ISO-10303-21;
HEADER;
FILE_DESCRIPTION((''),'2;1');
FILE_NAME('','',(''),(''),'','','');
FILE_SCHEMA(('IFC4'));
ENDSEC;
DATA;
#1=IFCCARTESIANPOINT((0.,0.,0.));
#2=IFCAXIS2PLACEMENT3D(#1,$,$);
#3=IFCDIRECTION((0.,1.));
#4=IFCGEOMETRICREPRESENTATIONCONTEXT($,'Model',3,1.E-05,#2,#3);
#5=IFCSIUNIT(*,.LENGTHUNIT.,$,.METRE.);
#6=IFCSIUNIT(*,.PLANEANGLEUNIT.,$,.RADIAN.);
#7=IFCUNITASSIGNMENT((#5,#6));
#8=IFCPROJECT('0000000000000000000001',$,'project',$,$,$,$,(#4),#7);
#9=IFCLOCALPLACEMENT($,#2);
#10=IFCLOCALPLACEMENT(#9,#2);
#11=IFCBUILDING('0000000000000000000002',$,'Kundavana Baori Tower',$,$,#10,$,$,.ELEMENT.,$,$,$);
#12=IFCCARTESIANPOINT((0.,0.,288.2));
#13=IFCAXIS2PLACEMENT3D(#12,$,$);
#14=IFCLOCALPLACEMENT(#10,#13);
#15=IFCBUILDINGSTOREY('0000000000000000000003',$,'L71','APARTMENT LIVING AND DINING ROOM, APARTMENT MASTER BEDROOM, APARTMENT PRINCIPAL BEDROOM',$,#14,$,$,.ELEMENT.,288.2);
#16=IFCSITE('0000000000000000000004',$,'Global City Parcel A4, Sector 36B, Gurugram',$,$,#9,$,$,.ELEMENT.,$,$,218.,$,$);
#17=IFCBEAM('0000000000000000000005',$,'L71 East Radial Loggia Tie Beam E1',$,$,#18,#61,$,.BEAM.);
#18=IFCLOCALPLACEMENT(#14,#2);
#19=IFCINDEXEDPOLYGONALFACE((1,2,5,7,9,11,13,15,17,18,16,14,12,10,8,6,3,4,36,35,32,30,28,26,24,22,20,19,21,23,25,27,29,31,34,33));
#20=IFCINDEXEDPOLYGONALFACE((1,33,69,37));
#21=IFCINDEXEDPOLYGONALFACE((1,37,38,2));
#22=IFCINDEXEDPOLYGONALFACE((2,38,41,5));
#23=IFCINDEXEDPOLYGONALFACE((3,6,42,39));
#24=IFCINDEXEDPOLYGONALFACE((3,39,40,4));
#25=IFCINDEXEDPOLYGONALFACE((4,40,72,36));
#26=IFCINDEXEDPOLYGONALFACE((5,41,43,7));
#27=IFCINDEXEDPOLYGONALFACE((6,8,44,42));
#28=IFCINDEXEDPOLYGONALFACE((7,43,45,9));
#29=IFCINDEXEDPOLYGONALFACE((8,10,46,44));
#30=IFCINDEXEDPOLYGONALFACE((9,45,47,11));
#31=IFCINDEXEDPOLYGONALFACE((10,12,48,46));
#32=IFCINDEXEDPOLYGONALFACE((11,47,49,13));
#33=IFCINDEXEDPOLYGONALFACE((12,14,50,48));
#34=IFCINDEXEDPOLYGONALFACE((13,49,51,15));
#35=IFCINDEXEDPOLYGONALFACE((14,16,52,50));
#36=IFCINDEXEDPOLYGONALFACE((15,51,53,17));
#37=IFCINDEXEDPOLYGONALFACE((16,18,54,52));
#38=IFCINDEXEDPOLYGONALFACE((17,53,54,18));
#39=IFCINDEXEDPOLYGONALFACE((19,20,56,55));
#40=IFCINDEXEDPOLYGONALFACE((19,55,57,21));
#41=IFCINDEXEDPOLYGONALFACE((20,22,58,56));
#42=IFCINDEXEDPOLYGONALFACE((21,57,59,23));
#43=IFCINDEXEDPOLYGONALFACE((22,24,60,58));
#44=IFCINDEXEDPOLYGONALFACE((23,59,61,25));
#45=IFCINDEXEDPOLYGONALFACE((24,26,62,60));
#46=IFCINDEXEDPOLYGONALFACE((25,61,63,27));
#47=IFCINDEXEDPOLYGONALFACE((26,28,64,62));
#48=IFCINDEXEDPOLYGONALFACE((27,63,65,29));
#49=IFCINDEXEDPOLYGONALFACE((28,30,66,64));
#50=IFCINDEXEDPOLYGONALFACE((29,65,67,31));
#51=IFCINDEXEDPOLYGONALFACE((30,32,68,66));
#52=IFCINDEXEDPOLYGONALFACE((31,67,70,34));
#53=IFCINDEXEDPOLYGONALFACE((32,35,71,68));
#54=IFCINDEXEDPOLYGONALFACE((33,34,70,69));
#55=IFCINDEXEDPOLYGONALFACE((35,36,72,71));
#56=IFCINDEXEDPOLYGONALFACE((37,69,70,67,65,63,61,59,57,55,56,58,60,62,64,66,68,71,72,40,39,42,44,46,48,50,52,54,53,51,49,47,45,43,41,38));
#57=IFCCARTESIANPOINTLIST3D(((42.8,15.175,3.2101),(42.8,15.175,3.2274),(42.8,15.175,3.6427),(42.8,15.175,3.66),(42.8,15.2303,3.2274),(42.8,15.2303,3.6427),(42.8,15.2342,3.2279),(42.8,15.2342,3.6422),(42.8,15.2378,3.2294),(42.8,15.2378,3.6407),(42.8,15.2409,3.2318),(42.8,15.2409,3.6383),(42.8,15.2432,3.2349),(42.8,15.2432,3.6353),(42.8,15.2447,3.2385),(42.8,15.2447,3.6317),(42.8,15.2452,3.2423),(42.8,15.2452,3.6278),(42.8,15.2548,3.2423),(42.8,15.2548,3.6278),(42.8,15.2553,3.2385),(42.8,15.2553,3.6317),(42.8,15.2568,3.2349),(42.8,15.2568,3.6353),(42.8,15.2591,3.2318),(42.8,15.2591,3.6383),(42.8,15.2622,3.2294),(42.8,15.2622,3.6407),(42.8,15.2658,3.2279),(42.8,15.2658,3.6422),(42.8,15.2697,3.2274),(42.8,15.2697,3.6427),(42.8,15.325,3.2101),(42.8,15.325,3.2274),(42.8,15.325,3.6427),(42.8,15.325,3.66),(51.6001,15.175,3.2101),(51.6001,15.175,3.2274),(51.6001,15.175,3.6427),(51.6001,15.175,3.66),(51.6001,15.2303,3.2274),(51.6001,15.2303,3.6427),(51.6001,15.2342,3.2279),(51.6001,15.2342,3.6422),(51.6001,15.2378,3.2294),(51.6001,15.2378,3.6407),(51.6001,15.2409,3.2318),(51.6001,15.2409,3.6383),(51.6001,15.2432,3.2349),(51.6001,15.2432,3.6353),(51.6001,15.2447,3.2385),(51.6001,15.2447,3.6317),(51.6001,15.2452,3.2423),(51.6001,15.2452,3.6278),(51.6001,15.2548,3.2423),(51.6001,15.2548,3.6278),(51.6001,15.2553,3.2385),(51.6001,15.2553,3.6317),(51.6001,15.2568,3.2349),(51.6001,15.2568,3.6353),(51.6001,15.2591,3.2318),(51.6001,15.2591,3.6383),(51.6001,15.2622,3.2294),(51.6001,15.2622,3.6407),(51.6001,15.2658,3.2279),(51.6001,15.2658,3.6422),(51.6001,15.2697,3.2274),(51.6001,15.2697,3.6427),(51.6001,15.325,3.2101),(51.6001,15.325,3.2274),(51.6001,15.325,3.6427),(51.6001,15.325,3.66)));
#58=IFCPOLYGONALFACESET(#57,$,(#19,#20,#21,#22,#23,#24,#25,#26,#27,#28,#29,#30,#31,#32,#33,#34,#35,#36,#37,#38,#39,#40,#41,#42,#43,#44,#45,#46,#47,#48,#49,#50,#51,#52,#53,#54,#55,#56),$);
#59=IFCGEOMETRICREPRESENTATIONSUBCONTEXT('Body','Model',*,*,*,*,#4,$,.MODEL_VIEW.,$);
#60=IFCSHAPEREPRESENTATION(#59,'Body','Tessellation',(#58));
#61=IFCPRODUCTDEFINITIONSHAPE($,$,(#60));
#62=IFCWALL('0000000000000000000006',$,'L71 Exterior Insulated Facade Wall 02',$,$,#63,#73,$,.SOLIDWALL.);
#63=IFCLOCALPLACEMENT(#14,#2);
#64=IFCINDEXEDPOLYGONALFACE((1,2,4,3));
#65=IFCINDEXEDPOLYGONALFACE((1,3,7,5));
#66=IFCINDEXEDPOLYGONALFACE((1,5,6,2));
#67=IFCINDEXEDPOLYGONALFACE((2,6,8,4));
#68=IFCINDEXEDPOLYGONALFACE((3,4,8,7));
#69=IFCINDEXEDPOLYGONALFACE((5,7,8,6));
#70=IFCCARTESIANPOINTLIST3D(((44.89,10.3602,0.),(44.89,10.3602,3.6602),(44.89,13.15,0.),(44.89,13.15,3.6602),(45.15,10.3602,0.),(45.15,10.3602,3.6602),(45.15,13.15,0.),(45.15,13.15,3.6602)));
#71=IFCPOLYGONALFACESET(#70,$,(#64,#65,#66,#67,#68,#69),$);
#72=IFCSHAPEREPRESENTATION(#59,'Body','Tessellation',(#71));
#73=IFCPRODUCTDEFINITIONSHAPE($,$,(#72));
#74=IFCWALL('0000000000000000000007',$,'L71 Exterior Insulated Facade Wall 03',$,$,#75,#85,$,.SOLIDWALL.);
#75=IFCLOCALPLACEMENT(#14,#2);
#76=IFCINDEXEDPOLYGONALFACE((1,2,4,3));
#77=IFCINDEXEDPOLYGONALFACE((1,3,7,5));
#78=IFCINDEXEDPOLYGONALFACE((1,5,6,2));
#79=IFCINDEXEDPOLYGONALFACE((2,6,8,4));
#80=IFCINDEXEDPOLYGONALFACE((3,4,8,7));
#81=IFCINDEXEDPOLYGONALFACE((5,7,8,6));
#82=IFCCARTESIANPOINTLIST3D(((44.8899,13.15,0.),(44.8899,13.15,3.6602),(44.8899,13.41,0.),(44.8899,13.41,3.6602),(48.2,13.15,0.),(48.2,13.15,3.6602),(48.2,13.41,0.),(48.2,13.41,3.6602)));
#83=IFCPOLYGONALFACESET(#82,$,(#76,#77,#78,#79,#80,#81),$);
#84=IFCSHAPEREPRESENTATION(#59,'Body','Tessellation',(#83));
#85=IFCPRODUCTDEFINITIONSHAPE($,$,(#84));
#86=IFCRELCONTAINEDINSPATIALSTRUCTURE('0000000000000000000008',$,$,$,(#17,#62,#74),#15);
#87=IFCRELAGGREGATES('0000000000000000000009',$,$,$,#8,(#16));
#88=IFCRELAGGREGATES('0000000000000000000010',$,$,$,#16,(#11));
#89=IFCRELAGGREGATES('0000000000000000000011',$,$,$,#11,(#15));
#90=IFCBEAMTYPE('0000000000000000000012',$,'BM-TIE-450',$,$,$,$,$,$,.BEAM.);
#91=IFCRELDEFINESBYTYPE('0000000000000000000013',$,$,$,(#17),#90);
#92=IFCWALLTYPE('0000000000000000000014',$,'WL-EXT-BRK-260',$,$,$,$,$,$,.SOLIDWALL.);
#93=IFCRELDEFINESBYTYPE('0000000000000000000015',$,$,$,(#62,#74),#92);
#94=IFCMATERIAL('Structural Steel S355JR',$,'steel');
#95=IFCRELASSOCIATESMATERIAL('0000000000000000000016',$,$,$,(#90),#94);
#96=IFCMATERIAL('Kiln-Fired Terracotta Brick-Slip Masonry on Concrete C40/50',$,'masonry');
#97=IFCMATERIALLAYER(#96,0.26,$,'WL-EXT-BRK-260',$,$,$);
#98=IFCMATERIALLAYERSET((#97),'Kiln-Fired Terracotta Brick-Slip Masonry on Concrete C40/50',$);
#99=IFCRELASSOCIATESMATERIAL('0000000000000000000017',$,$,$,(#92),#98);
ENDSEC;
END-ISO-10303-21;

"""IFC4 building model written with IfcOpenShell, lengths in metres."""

from ifc_helpers import new_model, si_unit, direction, frame, frame_2d, origin, origin_2d, place, context, subcontext, project, spatial, rectangle, i_section, extrude, material, layer, layer_set, material_profile, profile_set, type_object, element, save


model = new_model("IFC4")

# Units and contexts
model_context = context("Model", 3, precision=1e-05, world=origin(), true_north=direction((0.0, 1.0)))
body_context = subcontext(model_context, "Body", "Model", "MODEL_VIEW")
ifc_project = project(units=[si_unit("LENGTHUNIT", "METRE"), si_unit("PLANEANGLEUNIT", "RADIAN")], contexts=[model_context])

# Site, building, storey
site_placement = place(None, origin())
site = spatial("IfcSite", under=ifc_project, at=site_placement, Name="Global City Parcel A4, Sector 36B, Gurugram", CompositionType="ELEMENT", RefElevation=218.0)
building_placement = place(site_placement, origin())
building = spatial("IfcBuilding", under=site, at=building_placement, Name="Kundavana Baori Tower", CompositionType="ELEMENT")
storey_placement = place(building_placement, frame((0.0, 0.0, 288.2)))
storey = spatial("IfcBuildingStorey", under=building, at=storey_placement, Name="L71", Description="APARTMENT LIVING AND DINING ROOM, APARTMENT MASTER BEDROOM, APARTMENT PRINCIPAL BEDROOM", CompositionType="ELEMENT", Elevation=288.2)

# Beam
ifc_material_1 = material(Name="Structural Steel S355JR", Category="steel")
ifc_material_profile_1 = material_profile(ifc_material_1, i_section(OverallWidth=0.1499, OverallDepth=0.45, WebThickness=0.0095, FlangeThickness=0.0173, FilletRadius=0.0149, at=origin_2d()), Name="ISMB 450")
ifc_profile_set_1 = profile_set([ifc_material_profile_1], Name="Structural Steel S355JR")
beam_type_1 = type_object("IfcBeamType", Name="BM-TIE-450", PredefinedType="BEAM", material=ifc_profile_set_1)
beam_1_placement = place(storey_placement, frame((42.8, 15.25, 3.4351), z_axis=(1.0, 0.0, 0.0), x_axis=(0.0, 1.0, 0.0)))
element("IfcBeam", 1, at=beam_1_placement, inside=storey, type_object=beam_type_1, Name="L71 East Radial Loggia Tie Beam E1", PredefinedType="BEAM", context=body_context, shape_type="SweptSolid", body=[
    extrude(i_section(OverallWidth=0.1499, OverallDepth=0.45, WebThickness=0.0095, FlangeThickness=0.0173, FilletRadius=0.0149, at=origin_2d()), origin(), (0.0, 0.0, 1.0), 8.8),
])

# Walls
ifc_material_2 = material(Name="Kiln-Fired Terracotta Brick-Slip Masonry on Concrete C40/50", Category="masonry")
ifc_layer_1 = layer(ifc_material_2, 0.26, Name="WL-EXT-BRK-260")
ifc_layer_set_1 = layer_set([ifc_layer_1], Name="Kiln-Fired Terracotta Brick-Slip Masonry on Concrete C40/50")
wall_type_1 = type_object("IfcWallType", Name="WL-EXT-BRK-260", PredefinedType="SOLIDWALL", material=ifc_layer_set_1)
wall_1_placement = place(storey_placement, frame((45.02, 10.3601, 0.0), z_axis=(0.0, 0.0, 1.0), x_axis=(0.0, 1.0, 0.0)))
element("IfcWall", 2, at=wall_1_placement, inside=storey, type_object=wall_type_1, Name="L71 Exterior Insulated Facade Wall 02", PredefinedType="SOLIDWALL", context=body_context, shape_type="SweptSolid", body=[
    extrude(rectangle(XDim=2.7898, YDim=0.26, at=frame_2d((1.395, 0.0))), origin(), (0.0, 0.0, 1.0), 3.6602),
])
wall_2_placement = place(storey_placement, frame((44.8899, 13.28, 0.0), z_axis=(0.0, 0.0, 1.0), x_axis=(1.0, 0.0, 0.0)))
element("IfcWall", 3, at=wall_2_placement, inside=storey, type_object=wall_type_1, Name="L71 Exterior Insulated Facade Wall 03", PredefinedType="SOLIDWALL", context=body_context, shape_type="SweptSolid", body=[
    extrude(rectangle(XDim=3.3101, YDim=0.26, at=frame_2d((1.655, 0.0))), origin(), (0.0, 0.0, 1.0), 3.6602),
])

save(model, "model.ifc")
